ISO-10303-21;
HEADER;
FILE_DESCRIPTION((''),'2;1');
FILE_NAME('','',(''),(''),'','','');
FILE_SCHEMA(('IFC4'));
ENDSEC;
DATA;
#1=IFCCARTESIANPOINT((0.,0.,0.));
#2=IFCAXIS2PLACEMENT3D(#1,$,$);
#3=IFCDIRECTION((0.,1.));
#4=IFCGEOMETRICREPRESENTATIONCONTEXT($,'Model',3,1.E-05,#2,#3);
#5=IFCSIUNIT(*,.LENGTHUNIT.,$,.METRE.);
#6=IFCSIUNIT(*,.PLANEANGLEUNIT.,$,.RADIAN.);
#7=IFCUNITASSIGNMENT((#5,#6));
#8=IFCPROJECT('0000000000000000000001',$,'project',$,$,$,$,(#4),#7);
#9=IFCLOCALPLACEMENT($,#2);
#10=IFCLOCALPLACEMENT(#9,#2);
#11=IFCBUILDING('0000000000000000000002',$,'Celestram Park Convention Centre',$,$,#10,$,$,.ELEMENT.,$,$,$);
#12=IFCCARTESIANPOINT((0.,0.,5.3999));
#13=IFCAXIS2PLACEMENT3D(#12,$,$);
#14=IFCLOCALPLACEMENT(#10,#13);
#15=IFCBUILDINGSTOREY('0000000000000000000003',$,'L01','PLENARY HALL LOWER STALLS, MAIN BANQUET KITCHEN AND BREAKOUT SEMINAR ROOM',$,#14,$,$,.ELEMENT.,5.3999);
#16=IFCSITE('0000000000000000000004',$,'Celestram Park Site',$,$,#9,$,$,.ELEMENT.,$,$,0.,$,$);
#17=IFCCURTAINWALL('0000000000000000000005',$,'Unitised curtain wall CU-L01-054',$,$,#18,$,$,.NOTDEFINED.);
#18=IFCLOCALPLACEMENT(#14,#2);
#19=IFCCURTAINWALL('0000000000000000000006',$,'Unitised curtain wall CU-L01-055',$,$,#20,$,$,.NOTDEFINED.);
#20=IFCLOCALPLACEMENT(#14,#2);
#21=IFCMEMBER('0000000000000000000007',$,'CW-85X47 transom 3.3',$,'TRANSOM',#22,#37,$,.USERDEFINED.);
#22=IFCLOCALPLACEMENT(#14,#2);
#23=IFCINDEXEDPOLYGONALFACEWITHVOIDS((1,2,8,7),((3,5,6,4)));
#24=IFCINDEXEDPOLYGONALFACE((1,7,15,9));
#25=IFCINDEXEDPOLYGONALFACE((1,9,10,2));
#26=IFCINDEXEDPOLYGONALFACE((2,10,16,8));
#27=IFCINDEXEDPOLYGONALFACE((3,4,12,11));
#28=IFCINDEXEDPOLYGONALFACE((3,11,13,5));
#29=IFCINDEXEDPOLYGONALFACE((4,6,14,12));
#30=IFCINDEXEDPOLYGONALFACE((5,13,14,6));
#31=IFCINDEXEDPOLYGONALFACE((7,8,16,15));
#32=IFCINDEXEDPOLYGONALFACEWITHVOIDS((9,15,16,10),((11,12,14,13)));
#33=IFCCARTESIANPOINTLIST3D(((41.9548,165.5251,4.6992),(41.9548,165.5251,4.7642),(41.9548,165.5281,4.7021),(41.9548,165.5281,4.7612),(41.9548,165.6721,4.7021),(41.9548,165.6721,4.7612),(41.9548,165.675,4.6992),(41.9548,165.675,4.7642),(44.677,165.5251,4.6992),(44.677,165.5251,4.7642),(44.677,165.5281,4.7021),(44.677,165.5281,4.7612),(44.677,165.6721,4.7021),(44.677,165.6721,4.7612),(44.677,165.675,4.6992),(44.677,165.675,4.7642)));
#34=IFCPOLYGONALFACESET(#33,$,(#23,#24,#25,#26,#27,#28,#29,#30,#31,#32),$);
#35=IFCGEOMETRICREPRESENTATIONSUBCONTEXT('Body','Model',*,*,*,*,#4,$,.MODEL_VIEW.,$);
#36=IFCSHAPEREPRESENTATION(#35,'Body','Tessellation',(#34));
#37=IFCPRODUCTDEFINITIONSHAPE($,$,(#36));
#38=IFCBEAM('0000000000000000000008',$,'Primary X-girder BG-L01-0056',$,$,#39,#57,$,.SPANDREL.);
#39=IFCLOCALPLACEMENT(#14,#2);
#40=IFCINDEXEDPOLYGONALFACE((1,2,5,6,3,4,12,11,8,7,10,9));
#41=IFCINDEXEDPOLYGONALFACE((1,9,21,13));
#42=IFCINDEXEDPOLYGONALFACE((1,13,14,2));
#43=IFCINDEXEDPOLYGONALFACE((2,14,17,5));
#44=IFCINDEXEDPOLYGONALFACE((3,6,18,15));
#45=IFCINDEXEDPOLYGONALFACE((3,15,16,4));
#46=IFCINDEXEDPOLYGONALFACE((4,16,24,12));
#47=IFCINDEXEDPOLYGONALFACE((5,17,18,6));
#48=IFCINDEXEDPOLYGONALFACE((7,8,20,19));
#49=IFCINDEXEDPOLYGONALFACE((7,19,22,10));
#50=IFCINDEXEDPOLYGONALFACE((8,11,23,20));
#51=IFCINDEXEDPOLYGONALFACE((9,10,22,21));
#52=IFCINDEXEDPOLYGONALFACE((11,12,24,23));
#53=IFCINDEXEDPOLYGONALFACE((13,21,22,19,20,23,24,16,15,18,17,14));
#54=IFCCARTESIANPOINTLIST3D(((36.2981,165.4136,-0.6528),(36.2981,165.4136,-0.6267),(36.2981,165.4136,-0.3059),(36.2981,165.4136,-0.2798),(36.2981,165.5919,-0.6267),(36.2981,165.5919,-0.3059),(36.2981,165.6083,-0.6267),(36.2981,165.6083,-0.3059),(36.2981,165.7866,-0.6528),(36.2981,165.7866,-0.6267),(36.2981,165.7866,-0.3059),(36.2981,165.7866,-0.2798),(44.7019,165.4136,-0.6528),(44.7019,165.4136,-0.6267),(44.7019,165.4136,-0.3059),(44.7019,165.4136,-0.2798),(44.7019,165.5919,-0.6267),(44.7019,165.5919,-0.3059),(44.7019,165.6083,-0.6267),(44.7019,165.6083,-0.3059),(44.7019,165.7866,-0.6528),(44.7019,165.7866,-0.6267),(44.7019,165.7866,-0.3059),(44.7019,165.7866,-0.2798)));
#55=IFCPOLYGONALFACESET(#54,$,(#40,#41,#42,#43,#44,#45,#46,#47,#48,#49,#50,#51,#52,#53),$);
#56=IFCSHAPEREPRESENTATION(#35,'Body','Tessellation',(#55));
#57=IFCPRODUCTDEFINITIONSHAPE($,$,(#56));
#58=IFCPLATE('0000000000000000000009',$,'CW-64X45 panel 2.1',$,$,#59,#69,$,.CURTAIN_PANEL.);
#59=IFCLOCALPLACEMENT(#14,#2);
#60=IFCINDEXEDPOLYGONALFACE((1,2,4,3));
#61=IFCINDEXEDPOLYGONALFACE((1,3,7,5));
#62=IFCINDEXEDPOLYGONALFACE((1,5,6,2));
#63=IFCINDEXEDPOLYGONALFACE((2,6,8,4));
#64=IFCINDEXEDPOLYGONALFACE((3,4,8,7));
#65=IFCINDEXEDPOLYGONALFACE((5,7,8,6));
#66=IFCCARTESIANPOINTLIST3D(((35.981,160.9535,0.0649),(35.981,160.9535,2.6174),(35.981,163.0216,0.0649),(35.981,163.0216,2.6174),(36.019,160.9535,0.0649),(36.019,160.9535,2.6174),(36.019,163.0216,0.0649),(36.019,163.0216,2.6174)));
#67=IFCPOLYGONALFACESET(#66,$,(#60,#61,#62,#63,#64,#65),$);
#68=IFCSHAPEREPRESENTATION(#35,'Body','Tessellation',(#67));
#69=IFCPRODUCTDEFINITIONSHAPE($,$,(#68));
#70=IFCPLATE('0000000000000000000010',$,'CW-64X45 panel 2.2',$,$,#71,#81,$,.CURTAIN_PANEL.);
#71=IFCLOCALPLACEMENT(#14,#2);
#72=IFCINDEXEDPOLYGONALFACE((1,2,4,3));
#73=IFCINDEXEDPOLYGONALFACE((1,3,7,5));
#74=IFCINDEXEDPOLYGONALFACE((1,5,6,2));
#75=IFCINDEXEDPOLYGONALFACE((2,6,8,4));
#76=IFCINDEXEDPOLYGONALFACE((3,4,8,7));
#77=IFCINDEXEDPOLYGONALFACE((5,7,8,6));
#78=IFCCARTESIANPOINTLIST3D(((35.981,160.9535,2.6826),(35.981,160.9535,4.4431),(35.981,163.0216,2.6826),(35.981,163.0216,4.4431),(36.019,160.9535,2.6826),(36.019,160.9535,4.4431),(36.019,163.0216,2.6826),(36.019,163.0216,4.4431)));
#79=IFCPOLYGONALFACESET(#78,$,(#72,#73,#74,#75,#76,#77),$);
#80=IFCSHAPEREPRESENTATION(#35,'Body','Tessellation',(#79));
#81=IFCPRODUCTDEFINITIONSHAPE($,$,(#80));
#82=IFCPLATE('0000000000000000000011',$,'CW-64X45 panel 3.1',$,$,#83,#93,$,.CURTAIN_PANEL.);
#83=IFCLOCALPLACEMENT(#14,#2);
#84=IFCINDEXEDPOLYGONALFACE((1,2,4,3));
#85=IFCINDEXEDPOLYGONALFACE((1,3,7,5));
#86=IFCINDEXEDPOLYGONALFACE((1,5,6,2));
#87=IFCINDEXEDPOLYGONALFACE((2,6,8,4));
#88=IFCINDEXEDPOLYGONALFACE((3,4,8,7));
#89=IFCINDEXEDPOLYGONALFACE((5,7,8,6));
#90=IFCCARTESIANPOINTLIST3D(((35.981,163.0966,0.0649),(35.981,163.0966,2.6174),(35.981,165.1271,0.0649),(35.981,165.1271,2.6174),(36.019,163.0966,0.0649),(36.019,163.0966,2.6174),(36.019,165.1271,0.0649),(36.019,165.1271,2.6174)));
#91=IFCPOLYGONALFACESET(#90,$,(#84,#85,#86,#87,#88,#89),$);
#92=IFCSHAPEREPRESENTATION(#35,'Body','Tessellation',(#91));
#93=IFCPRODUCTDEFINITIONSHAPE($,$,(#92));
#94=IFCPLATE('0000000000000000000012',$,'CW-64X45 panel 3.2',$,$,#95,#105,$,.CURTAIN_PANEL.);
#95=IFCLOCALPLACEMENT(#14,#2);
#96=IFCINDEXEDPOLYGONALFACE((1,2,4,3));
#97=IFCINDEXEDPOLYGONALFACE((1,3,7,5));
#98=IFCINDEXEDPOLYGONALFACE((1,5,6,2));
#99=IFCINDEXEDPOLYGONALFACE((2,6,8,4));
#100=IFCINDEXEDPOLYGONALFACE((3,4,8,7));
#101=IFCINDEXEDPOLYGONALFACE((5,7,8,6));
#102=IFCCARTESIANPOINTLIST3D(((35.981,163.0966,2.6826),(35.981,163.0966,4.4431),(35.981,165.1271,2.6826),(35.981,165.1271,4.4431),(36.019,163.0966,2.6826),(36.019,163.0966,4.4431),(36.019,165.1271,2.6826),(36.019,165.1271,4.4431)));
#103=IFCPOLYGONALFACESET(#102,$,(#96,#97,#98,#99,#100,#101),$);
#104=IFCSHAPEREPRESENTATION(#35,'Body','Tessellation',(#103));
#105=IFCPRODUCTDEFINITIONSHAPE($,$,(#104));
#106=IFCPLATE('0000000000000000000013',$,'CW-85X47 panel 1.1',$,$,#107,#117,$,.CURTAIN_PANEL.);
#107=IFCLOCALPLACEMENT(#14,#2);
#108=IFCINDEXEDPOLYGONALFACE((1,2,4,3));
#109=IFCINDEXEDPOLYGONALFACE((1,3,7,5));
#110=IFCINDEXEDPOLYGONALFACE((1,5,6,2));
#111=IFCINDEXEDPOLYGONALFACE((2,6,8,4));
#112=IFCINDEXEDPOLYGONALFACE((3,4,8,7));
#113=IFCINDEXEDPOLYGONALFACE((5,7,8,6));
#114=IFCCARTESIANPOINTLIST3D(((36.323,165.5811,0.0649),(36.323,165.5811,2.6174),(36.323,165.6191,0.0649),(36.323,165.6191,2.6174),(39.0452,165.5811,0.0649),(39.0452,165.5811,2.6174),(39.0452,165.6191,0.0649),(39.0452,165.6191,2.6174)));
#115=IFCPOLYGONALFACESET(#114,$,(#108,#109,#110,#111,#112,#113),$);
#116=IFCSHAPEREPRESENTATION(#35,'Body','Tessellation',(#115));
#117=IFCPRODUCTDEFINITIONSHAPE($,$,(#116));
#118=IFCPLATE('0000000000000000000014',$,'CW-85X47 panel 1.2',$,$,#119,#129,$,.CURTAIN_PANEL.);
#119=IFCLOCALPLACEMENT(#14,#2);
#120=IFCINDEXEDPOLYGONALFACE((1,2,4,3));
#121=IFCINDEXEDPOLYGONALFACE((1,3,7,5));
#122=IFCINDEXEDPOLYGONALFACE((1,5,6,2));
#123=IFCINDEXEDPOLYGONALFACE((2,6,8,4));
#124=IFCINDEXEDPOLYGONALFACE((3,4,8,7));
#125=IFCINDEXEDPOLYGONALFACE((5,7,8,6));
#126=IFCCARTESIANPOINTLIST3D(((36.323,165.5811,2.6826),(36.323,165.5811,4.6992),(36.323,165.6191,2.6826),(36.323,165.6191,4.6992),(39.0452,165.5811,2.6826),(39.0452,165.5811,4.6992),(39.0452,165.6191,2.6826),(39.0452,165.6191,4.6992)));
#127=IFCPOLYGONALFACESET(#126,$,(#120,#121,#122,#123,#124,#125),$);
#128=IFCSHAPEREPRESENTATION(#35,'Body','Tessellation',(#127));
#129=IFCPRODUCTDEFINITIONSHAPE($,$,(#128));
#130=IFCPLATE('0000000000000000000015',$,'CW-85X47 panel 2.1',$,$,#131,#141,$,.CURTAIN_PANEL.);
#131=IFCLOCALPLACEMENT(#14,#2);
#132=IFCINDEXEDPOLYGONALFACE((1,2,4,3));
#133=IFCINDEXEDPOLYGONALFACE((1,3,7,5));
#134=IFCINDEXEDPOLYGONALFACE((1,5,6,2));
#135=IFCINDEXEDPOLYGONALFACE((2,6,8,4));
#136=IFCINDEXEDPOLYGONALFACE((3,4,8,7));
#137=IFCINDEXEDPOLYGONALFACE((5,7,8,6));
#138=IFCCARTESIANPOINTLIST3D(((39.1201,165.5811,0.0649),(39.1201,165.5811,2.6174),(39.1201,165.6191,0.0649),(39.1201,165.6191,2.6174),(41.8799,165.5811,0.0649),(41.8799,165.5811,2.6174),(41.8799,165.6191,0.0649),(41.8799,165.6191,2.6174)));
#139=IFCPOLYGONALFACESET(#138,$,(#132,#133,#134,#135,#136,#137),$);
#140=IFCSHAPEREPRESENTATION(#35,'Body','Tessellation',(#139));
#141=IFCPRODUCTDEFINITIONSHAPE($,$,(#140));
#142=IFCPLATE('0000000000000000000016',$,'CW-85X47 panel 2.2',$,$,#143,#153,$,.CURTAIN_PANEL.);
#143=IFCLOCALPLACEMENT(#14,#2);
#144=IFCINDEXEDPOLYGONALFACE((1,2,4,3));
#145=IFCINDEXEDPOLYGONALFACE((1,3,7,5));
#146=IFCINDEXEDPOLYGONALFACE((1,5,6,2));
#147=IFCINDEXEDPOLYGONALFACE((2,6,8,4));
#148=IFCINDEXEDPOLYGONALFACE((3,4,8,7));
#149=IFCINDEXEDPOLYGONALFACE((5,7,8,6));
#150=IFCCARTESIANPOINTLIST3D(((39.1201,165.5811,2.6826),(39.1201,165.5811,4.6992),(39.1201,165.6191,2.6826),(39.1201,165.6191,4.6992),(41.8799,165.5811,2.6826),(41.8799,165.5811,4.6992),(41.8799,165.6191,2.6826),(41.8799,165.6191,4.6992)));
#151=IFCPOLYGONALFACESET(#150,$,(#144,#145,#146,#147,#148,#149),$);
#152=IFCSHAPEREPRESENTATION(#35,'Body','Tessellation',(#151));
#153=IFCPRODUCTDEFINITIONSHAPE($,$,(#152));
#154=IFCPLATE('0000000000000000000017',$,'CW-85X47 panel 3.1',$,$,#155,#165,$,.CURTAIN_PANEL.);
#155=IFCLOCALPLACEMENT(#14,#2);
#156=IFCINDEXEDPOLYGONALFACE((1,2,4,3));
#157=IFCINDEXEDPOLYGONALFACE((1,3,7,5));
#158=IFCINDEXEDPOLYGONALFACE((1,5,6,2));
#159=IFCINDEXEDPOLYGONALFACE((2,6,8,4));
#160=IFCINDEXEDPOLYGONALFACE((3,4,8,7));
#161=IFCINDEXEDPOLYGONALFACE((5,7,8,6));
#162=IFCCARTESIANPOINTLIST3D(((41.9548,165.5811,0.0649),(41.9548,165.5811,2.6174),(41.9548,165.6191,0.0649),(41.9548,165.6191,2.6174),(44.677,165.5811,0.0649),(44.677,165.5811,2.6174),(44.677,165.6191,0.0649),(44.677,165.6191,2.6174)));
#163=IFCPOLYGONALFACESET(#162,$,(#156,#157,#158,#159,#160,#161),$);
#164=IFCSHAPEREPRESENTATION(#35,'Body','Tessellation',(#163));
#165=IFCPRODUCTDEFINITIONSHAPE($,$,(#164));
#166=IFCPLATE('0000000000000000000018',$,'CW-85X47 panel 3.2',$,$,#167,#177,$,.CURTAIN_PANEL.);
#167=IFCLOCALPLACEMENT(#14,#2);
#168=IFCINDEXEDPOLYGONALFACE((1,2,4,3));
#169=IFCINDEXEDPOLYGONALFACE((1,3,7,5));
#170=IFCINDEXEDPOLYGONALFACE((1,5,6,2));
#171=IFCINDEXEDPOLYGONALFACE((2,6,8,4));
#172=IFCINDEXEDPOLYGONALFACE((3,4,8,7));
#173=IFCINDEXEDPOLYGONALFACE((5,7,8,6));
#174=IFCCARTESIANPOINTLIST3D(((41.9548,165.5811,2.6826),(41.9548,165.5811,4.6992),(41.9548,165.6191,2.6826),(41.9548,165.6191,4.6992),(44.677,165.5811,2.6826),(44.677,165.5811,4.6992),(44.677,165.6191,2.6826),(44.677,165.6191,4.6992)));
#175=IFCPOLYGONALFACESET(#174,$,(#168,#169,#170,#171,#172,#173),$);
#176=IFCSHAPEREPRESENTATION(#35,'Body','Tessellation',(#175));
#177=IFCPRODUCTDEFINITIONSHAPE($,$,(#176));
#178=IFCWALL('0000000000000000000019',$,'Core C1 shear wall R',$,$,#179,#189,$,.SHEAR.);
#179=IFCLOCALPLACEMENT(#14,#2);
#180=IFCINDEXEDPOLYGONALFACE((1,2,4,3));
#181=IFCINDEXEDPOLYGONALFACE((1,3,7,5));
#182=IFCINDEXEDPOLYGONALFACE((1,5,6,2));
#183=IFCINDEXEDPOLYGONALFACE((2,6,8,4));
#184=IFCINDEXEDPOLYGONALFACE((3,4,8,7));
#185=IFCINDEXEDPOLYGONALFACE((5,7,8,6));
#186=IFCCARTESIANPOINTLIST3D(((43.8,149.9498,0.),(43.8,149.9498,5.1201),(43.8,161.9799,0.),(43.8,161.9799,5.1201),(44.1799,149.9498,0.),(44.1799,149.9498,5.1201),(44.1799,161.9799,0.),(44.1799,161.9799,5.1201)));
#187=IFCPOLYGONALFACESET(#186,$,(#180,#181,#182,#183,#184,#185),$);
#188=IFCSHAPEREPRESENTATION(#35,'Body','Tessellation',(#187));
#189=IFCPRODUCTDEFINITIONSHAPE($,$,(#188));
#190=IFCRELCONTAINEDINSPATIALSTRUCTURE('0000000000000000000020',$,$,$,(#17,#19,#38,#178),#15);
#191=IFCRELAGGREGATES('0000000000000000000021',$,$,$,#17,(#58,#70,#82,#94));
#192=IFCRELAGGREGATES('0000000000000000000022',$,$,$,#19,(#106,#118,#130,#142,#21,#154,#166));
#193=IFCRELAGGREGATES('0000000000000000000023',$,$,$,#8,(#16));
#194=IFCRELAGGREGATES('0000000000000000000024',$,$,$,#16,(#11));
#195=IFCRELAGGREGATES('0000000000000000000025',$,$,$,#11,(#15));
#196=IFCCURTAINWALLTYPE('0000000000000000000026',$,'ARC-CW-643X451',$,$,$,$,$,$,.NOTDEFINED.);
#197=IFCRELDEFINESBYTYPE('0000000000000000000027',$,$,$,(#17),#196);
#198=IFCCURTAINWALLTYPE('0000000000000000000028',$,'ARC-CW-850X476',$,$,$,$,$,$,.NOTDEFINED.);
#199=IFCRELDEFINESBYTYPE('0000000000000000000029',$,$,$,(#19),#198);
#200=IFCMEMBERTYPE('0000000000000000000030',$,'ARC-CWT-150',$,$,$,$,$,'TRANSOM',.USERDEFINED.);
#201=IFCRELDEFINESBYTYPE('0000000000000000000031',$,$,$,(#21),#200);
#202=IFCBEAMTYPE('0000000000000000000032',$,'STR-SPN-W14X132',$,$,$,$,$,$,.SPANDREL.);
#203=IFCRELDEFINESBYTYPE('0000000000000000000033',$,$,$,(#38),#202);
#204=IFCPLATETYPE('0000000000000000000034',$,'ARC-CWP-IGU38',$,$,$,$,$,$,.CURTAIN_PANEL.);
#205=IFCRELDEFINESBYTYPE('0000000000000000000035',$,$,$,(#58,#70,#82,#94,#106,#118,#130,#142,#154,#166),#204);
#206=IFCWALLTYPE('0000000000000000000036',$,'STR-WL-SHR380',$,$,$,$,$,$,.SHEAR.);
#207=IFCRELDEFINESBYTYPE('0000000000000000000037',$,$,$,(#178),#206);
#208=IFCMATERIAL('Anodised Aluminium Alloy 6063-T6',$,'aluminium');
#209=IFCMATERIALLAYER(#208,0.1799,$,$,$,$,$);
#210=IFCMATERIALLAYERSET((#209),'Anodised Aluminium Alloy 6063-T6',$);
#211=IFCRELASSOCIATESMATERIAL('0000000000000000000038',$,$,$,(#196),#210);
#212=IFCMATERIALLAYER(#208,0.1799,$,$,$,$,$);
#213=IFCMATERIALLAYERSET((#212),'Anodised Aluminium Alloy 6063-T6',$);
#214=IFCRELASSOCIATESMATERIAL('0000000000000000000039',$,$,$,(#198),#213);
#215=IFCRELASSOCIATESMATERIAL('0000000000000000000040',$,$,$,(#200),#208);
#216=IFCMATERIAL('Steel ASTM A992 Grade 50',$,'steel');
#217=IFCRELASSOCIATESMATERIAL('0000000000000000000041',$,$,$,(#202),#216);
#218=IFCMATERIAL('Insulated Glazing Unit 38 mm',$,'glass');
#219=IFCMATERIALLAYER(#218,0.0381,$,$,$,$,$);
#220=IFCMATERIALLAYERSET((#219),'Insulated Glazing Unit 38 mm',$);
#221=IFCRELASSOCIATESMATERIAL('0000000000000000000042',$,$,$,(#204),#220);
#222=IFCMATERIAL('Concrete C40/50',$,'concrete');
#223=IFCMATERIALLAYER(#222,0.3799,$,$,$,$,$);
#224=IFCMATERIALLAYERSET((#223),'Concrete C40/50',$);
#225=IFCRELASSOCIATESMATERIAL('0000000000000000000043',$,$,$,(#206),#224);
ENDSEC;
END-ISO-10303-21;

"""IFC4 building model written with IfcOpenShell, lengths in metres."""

from ifc_helpers import new_model, si_unit, direction, frame, frame_2d, origin, origin_2d, place, context, subcontext, project, spatial, rectangle, hollow_rectangle, i_section, extrude, material, layer, layer_set, material_profile, profile_set, type_object, element, aggregate, save


model = new_model("IFC4")

# Units and contexts
model_context = context("Model", 3, precision=1e-05, world=origin(), true_north=direction((0.0, 1.0)))
body_context = subcontext(model_context, "Body", "Model", "MODEL_VIEW")
ifc_project = project(units=[si_unit("LENGTHUNIT", "METRE"), si_unit("PLANEANGLEUNIT", "RADIAN")], contexts=[model_context])

# Site, building, storey
site_placement = place(None, origin())
site = spatial("IfcSite", under=ifc_project, at=site_placement, Name="Celestram Park Site", CompositionType="ELEMENT", RefElevation=0.0)
building_placement = place(site_placement, origin())
building = spatial("IfcBuilding", under=site, at=building_placement, Name="Celestram Park Convention Centre", CompositionType="ELEMENT")
storey_placement = place(building_placement, frame((0.0, 0.0, 5.3999)))
storey = spatial("IfcBuildingStorey", under=building, at=storey_placement, Name="L01", Description="PLENARY HALL LOWER STALLS, MAIN BANQUET KITCHEN AND BREAKOUT SEMINAR ROOM", CompositionType="ELEMENT", Elevation=5.3999)

# Shared definitions
ifc_material_1 = material(Name="Concrete C40/50", Category="concrete")

# Curtain walls
ifc_material_2 = material(Name="Anodised Aluminium Alloy 6063-T6", Category="aluminium")
ifc_layer_1 = layer(ifc_material_2, 0.1799)
ifc_layer_set_1 = layer_set([ifc_layer_1], Name="Anodised Aluminium Alloy 6063-T6")
curtain_wall_type_1 = type_object("IfcCurtainWallType", Name="ARC-CW-643X451", PredefinedType="NOTDEFINED", material=ifc_layer_set_1)
curtain_wall_1_placement = place(storey_placement, origin())
curtain_wall_1 = element("IfcCurtainWall", 1, at=curtain_wall_1_placement, inside=storey, type_object=curtain_wall_type_1, Name="Unitised curtain wall CU-L01-054", PredefinedType="NOTDEFINED")
ifc_layer_2 = layer(ifc_material_2, 0.1799)
ifc_layer_set_2 = layer_set([ifc_layer_2], Name="Anodised Aluminium Alloy 6063-T6")
curtain_wall_type_2 = type_object("IfcCurtainWallType", Name="ARC-CW-850X476", PredefinedType="NOTDEFINED", material=ifc_layer_set_2)
curtain_wall_2_placement = place(storey_placement, origin())
curtain_wall_2 = element("IfcCurtainWall", 2, at=curtain_wall_2_placement, inside=storey, type_object=curtain_wall_type_2, Name="Unitised curtain wall CU-L01-055", PredefinedType="NOTDEFINED")

# Member
ifc_material_profile_1 = material_profile(ifc_material_2, hollow_rectangle(XDim=0.1499, YDim=0.0649, WallThickness=0.0029, at=origin_2d()), Name="ALU150X65X3")
ifc_profile_set_1 = profile_set([ifc_material_profile_1], Name="Anodised Aluminium Alloy 6063-T6")
member_type_1 = type_object("IfcMemberType", Name="ARC-CWT-150", ElementType="TRANSOM", PredefinedType="USERDEFINED", material=ifc_profile_set_1)
member_1_placement = place(storey_placement, frame((41.9548, 165.6001, 4.7317), z_axis=(1.0, 0.0, 0.0), x_axis=(0.0, 1.0, 0.0)))
member_1 = element("IfcMember", 3, at=member_1_placement, type_object=member_type_1, Name="CW-85X47 transom 3.3", ObjectType="TRANSOM", PredefinedType="USERDEFINED", context=body_context, shape_type="SweptSolid", body=[
    extrude(hollow_rectangle(XDim=0.1499, YDim=0.0649, WallThickness=0.0029, at=origin_2d()), origin(), (0.0, 0.0, 1.0), 2.7222),
])

# Beam
ifc_material_3 = material(Name="Steel ASTM A992 Grade 50", Category="steel")
ifc_material_profile_2 = material_profile(ifc_material_3, i_section(OverallWidth=0.373, OverallDepth=0.373, WebThickness=0.0164, FlangeThickness=0.0261, at=origin_2d()), Name="W14X132")
ifc_profile_set_2 = profile_set([ifc_material_profile_2], Name="Steel ASTM A992 Grade 50")
beam_type = type_object("IfcBeamType", Name="STR-SPN-W14X132", PredefinedType="SPANDREL", material=ifc_profile_set_2)
beam_placement = place(storey_placement, frame((36.2981, 165.6001, -0.4663), z_axis=(1.0, 0.0, 0.0), x_axis=(0.0, 1.0, 0.0)))
element("IfcBeam", 4, at=beam_placement, inside=storey, type_object=beam_type, Name="Primary X-girder BG-L01-0056", PredefinedType="SPANDREL", context=body_context, shape_type="SweptSolid", body=[
    extrude(i_section(OverallWidth=0.373, OverallDepth=0.373, WebThickness=0.0164, FlangeThickness=0.0261, at=origin_2d()), origin(), (0.0, 0.0, 1.0), 8.4038),
])

# Plates
ifc_material_4 = material(Name="Insulated Glazing Unit 38 mm", Category="glass")
ifc_layer_3 = layer(ifc_material_4, 0.0381)
ifc_layer_set_3 = layer_set([ifc_layer_3], Name="Insulated Glazing Unit 38 mm")
plate_type = type_object("IfcPlateType", Name="ARC-CWP-IGU38", PredefinedType="CURTAIN_PANEL", material=ifc_layer_set_3)
plate_1_placement = place(storey_placement, frame((36.0, 161.9875, 0.0649), z_axis=(0.0, 0.0, 1.0), x_axis=(0.0, 1.0, 0.0)))
plate_1 = element("IfcPlate", 5, at=plate_1_placement, type_object=plate_type, Name="CW-64X45 panel 2.1", PredefinedType="CURTAIN_PANEL", context=body_context, shape_type="SweptSolid", body=[
    extrude(rectangle(XDim=2.0681, YDim=0.0381, at=origin_2d()), origin(), (0.0, 0.0, 1.0), 2.5525),
])
plate_2_placement = place(storey_placement, frame((36.0, 161.9875, 2.6826), z_axis=(0.0, 0.0, 1.0), x_axis=(0.0, 1.0, 0.0)))
plate_2 = element("IfcPlate", 6, at=plate_2_placement, type_object=plate_type, Name="CW-64X45 panel 2.2", PredefinedType="CURTAIN_PANEL", context=body_context, shape_type="SweptSolid", body=[
    extrude(rectangle(XDim=2.0681, YDim=0.0381, at=origin_2d()), origin(), (0.0, 0.0, 1.0), 1.7605),
])
plate_3_placement = place(storey_placement, frame((36.0, 164.1118, 0.0649), z_axis=(0.0, 0.0, 1.0), x_axis=(0.0, 1.0, 0.0)))
plate_3 = element("IfcPlate", 7, at=plate_3_placement, type_object=plate_type, Name="CW-64X45 panel 3.1", PredefinedType="CURTAIN_PANEL", context=body_context, shape_type="SweptSolid", body=[
    extrude(rectangle(XDim=2.0305, YDim=0.0381, at=origin_2d()), origin(), (0.0, 0.0, 1.0), 2.5525),
])
plate_4_placement = place(storey_placement, frame((36.0, 164.1118, 2.6826), z_axis=(0.0, 0.0, 1.0), x_axis=(0.0, 1.0, 0.0)))
plate_4 = element("IfcPlate", 8, at=plate_4_placement, type_object=plate_type, Name="CW-64X45 panel 3.2", PredefinedType="CURTAIN_PANEL", context=body_context, shape_type="SweptSolid", body=[
    extrude(rectangle(XDim=2.0305, YDim=0.0381, at=origin_2d()), origin(), (0.0, 0.0, 1.0), 1.7605),
])
aggregate(curtain_wall_1, [plate_1, plate_2, plate_3, plate_4])
plate_5_placement = place(storey_placement, frame((37.6841, 165.6001, 0.0649), z_axis=(0.0, 0.0, 1.0), x_axis=(1.0, 0.0, 0.0)))
plate_5 = element("IfcPlate", 9, at=plate_5_placement, type_object=plate_type, Name="CW-85X47 panel 1.1", PredefinedType="CURTAIN_PANEL", context=body_context, shape_type="SweptSolid", body=[
    extrude(rectangle(XDim=2.7222, YDim=0.0381, at=origin_2d()), origin(), (0.0, 0.0, 1.0), 2.5525),
])
plate_6_placement = place(storey_placement, frame((37.6841, 165.6001, 2.6826), z_axis=(0.0, 0.0, 1.0), x_axis=(1.0, 0.0, 0.0)))
plate_6 = element("IfcPlate", 10, at=plate_6_placement, type_object=plate_type, Name="CW-85X47 panel 1.2", PredefinedType="CURTAIN_PANEL", context=body_context, shape_type="SweptSolid", body=[
    extrude(rectangle(XDim=2.7222, YDim=0.0381, at=origin_2d()), origin(), (0.0, 0.0, 1.0), 2.0166),
])
plate_7_placement = place(storey_placement, frame((40.5, 165.6001, 0.0649), z_axis=(0.0, 0.0, 1.0), x_axis=(1.0, 0.0, 0.0)))
plate_7 = element("IfcPlate", 11, at=plate_7_placement, type_object=plate_type, Name="CW-85X47 panel 2.1", PredefinedType="CURTAIN_PANEL", context=body_context, shape_type="SweptSolid", body=[
    extrude(rectangle(XDim=2.7598, YDim=0.0381, at=origin_2d()), origin(), (0.0, 0.0, 1.0), 2.5525),
])
plate_8_placement = place(storey_placement, frame((40.5, 165.6001, 2.6826), z_axis=(0.0, 0.0, 1.0), x_axis=(1.0, 0.0, 0.0)))
plate_8 = element("IfcPlate", 12, at=plate_8_placement, type_object=plate_type, Name="CW-85X47 panel 2.2", PredefinedType="CURTAIN_PANEL", context=body_context, shape_type="SweptSolid", body=[
    extrude(rectangle(XDim=2.7598, YDim=0.0381, at=origin_2d()), origin(), (0.0, 0.0, 1.0), 2.0166),
])
plate_9_placement = place(storey_placement, frame((43.3159, 165.6001, 0.0649), z_axis=(0.0, 0.0, 1.0), x_axis=(1.0, 0.0, 0.0)))
plate_9 = element("IfcPlate", 13, at=plate_9_placement, type_object=plate_type, Name="CW-85X47 panel 3.1", PredefinedType="CURTAIN_PANEL", context=body_context, shape_type="SweptSolid", body=[
    extrude(rectangle(XDim=2.7222, YDim=0.0381, at=origin_2d()), origin(), (0.0, 0.0, 1.0), 2.5525),
])
plate_10_placement = place(storey_placement, frame((43.3159, 165.6001, 2.6826), z_axis=(0.0, 0.0, 1.0), x_axis=(1.0, 0.0, 0.0)))
plate_10 = element("IfcPlate", 14, at=plate_10_placement, type_object=plate_type, Name="CW-85X47 panel 3.2", PredefinedType="CURTAIN_PANEL", context=body_context, shape_type="SweptSolid", body=[
    extrude(rectangle(XDim=2.7222, YDim=0.0381, at=origin_2d()), origin(), (0.0, 0.0, 1.0), 2.0166),
])
aggregate(curtain_wall_2, [plate_5, plate_6, plate_7, plate_8, member_1, plate_9, plate_10])

# Wall
ifc_layer_4 = layer(ifc_material_1, 0.3799)
ifc_layer_set_4 = layer_set([ifc_layer_4], Name="Concrete C40/50")
wall_type = type_object("IfcWallType", Name="STR-WL-SHR380", PredefinedType="SHEAR", material=ifc_layer_set_4)
wall_1_placement = place(storey_placement, frame((43.99, 161.98, 0.0), z_axis=(0.0, 0.0, 1.0), x_axis=(0.0, -1.0, 0.0)))
element("IfcWall", 15, at=wall_1_placement, inside=storey, type_object=wall_type, Name="Core C1 shear wall R", PredefinedType="SHEAR", context=body_context, shape_type="SweptSolid", body=[
    extrude(rectangle(XDim=12.03, YDim=0.3799, at=frame_2d((6.0151, 0.0))), origin(), (0.0, 0.0, 1.0), 5.1201),
])

save(model, "model.ifc")
